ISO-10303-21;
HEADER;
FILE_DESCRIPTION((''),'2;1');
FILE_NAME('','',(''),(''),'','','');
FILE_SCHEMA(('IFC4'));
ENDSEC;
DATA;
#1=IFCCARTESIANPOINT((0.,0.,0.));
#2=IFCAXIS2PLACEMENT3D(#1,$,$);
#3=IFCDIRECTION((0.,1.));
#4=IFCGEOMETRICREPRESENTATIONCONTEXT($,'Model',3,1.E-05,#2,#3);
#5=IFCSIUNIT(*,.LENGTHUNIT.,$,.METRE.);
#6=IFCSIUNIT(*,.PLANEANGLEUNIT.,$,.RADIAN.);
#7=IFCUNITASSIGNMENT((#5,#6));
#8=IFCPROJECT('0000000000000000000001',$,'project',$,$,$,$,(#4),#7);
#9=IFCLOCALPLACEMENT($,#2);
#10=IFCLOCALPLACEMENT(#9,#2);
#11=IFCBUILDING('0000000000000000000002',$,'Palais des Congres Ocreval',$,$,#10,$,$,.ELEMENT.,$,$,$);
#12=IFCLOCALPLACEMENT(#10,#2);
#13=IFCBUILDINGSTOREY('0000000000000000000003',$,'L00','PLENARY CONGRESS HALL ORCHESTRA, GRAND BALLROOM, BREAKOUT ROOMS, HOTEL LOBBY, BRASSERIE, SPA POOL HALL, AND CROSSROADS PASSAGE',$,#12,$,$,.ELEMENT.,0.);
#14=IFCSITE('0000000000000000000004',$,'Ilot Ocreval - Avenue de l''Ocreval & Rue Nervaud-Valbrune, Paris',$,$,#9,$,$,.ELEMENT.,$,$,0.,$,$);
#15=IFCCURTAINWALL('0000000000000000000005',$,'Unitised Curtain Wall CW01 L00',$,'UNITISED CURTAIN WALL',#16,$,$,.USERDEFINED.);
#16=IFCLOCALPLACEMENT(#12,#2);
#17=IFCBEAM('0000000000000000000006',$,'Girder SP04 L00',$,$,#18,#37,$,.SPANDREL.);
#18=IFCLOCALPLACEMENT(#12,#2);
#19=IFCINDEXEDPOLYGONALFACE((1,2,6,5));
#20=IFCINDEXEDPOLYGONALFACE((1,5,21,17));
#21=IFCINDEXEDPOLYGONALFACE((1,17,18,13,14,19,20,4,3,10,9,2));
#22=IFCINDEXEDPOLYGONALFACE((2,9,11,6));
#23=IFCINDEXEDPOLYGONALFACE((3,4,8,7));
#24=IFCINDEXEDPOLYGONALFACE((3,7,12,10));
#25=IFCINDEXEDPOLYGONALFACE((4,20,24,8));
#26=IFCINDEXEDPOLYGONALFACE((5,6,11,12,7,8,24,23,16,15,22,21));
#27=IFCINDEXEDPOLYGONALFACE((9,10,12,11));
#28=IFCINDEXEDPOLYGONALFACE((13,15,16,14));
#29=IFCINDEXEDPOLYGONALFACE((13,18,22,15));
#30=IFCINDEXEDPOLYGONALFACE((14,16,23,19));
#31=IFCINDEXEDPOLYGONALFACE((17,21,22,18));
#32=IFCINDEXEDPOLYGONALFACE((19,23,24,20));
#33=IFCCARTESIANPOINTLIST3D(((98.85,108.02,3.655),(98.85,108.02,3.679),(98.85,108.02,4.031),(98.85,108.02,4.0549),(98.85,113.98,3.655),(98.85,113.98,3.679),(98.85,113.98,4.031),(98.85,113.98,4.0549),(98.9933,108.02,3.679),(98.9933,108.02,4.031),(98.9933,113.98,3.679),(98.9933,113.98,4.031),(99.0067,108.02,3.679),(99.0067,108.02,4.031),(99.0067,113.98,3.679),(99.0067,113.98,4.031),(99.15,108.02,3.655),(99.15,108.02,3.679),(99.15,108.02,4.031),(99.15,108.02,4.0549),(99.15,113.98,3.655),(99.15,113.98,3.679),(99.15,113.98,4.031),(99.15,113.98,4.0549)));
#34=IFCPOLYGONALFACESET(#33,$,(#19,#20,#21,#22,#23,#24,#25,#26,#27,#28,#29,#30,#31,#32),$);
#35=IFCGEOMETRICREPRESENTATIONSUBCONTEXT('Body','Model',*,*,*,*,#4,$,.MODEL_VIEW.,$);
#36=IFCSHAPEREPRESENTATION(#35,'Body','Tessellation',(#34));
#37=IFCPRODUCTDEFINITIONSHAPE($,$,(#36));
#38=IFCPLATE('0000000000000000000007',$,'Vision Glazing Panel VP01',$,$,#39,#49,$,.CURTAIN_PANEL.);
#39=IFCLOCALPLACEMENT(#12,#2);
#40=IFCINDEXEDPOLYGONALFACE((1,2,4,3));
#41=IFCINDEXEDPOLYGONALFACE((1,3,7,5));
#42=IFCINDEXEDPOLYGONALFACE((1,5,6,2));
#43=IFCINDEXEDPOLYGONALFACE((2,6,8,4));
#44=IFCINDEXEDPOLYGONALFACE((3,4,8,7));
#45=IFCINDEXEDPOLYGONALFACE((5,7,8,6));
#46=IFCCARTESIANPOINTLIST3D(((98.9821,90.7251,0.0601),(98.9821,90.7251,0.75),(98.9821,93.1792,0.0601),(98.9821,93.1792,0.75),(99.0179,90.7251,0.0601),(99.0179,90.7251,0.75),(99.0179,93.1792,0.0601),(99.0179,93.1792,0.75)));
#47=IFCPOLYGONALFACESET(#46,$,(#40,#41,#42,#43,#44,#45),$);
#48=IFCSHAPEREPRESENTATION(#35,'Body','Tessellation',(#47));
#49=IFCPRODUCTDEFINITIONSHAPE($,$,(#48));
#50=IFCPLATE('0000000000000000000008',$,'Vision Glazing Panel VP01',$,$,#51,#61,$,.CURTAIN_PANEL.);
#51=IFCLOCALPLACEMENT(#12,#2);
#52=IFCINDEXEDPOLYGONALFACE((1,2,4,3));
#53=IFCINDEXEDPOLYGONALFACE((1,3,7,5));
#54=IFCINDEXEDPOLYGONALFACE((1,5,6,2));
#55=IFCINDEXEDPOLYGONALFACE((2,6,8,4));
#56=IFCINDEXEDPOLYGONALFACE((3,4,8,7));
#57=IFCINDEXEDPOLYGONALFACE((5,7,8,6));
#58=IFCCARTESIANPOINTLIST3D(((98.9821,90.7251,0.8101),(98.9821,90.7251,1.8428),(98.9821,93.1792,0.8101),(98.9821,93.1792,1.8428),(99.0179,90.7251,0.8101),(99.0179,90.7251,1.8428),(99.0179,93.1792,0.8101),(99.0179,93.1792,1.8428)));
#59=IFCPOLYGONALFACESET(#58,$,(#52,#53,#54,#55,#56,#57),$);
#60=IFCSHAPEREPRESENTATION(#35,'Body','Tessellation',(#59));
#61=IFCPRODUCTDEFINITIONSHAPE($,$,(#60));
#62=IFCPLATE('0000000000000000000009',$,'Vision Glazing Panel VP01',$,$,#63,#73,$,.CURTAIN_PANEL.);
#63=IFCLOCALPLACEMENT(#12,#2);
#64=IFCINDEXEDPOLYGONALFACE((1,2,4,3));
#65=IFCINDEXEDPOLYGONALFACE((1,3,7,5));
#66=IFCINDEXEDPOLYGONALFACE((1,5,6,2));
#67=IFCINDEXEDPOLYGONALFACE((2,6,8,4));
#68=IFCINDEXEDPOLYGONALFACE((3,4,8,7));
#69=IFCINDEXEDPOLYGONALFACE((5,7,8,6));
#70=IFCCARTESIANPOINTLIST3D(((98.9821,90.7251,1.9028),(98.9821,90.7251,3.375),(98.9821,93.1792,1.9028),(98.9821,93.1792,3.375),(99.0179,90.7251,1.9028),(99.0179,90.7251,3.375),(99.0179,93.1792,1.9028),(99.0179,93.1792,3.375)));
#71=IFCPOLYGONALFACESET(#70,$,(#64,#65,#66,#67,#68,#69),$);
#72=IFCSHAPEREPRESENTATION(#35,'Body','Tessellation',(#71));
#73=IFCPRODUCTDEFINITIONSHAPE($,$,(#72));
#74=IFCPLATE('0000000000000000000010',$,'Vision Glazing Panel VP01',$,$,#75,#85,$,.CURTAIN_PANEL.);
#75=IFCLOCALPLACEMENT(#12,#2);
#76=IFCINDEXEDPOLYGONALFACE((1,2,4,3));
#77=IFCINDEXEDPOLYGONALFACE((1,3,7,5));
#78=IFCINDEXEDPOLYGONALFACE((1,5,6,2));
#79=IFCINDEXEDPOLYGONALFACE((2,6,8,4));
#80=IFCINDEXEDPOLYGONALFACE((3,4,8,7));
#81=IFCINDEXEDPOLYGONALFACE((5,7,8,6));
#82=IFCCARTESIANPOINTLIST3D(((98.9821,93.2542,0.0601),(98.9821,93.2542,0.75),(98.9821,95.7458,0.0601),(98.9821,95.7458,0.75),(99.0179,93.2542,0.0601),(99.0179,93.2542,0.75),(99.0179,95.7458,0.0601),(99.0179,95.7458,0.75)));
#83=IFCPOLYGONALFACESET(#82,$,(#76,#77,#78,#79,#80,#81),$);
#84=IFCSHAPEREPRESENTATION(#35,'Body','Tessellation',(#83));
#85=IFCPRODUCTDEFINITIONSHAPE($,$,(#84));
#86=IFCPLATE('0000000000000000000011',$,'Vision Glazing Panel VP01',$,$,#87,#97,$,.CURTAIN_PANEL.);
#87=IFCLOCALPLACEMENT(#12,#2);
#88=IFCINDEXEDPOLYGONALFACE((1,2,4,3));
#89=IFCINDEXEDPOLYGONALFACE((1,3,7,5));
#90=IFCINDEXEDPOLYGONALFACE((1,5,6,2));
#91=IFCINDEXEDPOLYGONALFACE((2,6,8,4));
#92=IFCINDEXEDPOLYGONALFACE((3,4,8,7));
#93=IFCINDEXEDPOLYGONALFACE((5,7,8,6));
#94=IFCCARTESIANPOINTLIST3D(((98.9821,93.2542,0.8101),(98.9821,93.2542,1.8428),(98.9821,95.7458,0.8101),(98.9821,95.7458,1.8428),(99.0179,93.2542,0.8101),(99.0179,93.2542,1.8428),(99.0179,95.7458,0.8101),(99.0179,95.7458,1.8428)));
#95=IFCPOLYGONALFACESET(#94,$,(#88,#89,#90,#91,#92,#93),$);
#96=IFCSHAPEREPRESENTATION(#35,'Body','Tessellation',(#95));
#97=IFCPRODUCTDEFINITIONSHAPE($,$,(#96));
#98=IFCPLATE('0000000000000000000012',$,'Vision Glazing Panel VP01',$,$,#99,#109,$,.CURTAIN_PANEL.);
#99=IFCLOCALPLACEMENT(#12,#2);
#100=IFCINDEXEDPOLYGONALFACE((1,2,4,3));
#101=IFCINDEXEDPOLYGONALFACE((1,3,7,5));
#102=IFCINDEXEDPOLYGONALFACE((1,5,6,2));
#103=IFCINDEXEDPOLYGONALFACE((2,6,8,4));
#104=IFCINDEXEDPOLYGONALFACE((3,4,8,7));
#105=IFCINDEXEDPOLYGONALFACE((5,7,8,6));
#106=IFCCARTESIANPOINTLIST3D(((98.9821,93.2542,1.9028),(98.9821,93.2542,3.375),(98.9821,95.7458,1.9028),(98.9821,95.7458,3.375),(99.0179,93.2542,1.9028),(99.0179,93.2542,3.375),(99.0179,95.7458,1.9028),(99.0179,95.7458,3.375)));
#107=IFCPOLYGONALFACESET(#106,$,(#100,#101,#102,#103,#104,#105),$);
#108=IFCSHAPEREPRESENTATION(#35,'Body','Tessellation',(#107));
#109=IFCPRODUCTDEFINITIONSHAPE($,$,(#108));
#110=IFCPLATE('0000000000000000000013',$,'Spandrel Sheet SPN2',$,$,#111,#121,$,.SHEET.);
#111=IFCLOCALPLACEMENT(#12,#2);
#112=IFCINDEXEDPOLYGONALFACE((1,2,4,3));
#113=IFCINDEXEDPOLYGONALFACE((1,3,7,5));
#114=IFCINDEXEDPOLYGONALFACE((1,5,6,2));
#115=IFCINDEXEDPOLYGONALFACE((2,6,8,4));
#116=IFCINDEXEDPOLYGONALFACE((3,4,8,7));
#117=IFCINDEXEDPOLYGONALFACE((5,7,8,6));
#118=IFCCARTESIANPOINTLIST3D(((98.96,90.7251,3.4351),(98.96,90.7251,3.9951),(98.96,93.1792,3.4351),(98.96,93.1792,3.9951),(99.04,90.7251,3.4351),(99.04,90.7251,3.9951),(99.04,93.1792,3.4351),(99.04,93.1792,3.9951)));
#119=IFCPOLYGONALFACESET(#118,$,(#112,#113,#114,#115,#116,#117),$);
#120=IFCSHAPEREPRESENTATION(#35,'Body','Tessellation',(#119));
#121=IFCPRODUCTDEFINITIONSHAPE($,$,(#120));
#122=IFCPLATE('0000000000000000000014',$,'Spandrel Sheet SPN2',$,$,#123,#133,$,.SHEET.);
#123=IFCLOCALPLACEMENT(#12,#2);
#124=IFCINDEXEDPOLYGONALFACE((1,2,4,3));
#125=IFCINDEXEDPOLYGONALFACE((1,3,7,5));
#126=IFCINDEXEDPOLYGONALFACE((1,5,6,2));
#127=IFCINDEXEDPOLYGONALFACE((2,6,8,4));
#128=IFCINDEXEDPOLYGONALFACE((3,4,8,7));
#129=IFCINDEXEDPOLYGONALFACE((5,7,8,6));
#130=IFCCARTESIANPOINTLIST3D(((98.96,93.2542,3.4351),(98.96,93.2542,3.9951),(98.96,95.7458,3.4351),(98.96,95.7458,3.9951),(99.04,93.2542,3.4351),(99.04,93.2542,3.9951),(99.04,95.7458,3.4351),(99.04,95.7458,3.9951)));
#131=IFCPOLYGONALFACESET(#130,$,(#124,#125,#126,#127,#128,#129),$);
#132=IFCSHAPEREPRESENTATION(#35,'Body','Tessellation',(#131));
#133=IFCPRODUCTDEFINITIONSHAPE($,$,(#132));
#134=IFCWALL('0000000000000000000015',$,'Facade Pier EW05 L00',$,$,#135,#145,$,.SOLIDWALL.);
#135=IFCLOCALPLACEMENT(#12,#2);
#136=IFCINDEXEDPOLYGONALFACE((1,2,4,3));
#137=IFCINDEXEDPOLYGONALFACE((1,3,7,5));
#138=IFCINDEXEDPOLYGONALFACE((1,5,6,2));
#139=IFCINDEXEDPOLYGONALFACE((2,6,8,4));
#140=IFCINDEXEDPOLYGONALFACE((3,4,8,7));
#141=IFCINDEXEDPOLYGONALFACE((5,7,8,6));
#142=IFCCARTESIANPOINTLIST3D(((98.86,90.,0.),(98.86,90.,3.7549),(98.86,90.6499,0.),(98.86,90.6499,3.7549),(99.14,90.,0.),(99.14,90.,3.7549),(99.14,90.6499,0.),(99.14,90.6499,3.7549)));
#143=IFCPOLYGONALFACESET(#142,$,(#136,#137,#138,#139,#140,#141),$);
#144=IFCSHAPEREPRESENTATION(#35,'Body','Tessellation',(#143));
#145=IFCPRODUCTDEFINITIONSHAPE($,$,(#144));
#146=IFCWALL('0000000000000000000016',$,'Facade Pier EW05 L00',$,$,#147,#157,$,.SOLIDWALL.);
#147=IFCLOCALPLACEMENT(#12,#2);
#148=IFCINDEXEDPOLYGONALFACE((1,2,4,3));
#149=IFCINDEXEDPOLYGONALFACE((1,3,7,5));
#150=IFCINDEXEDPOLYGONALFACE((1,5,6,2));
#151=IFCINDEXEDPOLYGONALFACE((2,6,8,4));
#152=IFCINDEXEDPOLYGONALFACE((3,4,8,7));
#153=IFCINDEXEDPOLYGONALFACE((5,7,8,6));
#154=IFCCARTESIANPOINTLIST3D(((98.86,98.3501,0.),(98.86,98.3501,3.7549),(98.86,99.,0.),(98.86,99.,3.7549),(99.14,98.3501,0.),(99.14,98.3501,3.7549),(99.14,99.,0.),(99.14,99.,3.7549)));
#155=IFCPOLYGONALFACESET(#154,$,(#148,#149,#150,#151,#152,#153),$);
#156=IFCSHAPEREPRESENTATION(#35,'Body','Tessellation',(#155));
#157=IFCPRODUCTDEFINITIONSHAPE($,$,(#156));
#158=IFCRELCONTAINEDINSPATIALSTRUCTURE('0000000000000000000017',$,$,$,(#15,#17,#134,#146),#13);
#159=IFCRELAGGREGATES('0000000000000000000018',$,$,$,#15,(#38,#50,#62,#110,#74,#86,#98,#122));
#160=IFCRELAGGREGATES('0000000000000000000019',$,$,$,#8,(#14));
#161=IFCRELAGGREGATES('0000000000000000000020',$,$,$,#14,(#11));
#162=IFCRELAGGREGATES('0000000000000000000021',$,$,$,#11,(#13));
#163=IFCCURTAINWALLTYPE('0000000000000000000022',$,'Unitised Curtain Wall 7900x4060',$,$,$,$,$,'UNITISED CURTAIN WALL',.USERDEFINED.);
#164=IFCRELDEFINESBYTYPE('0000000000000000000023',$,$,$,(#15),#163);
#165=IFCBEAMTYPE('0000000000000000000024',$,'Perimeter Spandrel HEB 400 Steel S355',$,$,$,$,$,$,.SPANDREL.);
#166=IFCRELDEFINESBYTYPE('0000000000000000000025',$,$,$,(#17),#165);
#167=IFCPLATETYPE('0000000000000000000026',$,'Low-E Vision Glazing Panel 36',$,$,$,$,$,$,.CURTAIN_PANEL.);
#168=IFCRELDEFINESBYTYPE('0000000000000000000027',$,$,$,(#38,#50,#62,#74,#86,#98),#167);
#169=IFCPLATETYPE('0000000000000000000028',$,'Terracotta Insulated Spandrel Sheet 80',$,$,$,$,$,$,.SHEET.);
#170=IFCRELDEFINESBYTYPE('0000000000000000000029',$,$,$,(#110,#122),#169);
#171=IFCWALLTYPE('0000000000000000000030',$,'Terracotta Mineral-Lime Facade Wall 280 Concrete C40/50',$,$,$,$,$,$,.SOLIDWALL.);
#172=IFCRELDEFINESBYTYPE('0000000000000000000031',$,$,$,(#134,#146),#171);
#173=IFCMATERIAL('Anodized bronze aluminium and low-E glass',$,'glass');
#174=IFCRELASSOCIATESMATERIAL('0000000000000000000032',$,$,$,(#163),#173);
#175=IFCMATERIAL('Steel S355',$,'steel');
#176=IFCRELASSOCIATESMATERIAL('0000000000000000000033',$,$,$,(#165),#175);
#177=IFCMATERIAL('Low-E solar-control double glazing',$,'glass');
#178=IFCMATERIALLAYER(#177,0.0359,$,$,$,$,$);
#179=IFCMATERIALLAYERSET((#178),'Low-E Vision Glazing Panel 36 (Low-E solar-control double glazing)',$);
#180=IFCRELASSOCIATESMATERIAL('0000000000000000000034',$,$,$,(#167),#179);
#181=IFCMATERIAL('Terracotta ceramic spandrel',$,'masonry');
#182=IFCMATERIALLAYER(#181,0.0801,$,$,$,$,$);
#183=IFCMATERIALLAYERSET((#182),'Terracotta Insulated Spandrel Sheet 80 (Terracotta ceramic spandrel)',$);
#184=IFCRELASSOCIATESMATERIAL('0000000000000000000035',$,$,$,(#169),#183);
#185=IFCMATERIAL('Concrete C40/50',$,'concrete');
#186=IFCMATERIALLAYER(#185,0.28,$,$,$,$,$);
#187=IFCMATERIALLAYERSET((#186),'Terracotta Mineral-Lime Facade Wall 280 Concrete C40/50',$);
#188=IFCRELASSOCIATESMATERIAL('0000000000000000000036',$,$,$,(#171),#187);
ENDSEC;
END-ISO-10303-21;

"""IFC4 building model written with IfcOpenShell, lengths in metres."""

from ifc_helpers import new_model, si_unit, direction, frame, frame_2d, origin, origin_2d, place, context, subcontext, project, spatial, rectangle, i_section, extrude, material, layer, layer_set, material_profile, profile_set, type_object, element, aggregate, save


model = new_model("IFC4")

# Units and contexts
model_context = context("Model", 3, precision=1e-05, world=origin(), true_north=direction((0.0, 1.0)))
body_context = subcontext(model_context, "Body", "Model", "MODEL_VIEW")
ifc_project = project(units=[si_unit("LENGTHUNIT", "METRE"), si_unit("PLANEANGLEUNIT", "RADIAN")], contexts=[model_context])

# Site, building, storey
site_placement = place(None, origin())
site = spatial("IfcSite", under=ifc_project, at=site_placement, Name="Ilot Ocreval - Avenue de l'Ocreval & Rue Nervaud-Valbrune, Paris", CompositionType="ELEMENT", RefElevation=0.0)
building_placement = place(site_placement, origin())
building = spatial("IfcBuilding", under=site, at=building_placement, Name="Palais des Congres Ocreval", CompositionType="ELEMENT")
storey_placement = place(building_placement, origin())
storey = spatial("IfcBuildingStorey", under=building, at=storey_placement, Name="L00", Description="PLENARY CONGRESS HALL ORCHESTRA, GRAND BALLROOM, BREAKOUT ROOMS, HOTEL LOBBY, BRASSERIE, SPA POOL HALL, AND CROSSROADS PASSAGE", CompositionType="ELEMENT", Elevation=0.0)

# Shared definitions
ifc_material_1 = material(Name="Steel S355", Category="steel")

# Curtain wall
ifc_material_2 = material(Name="Anodized bronze aluminium and low-E glass", Category="glass")
curtain_wall_type = type_object("IfcCurtainWallType", Name="Unitised Curtain Wall 7900x4060", ElementType="UNITISED CURTAIN WALL", PredefinedType="USERDEFINED", material=ifc_material_2)
curtain_wall_placement = place(storey_placement, origin())
curtain_wall = element("IfcCurtainWall", 1, at=curtain_wall_placement, inside=storey, type_object=curtain_wall_type, Name="Unitised Curtain Wall CW01 L00", ObjectType="UNITISED CURTAIN WALL", PredefinedType="USERDEFINED")

# Beam
ifc_material_profile_1 = material_profile(ifc_material_1, i_section(OverallWidth=0.3, OverallDepth=0.3999, WebThickness=0.0134, FlangeThickness=0.0239, at=origin_2d()), Name="HEB 400")
ifc_profile_set_1 = profile_set([ifc_material_profile_1], Name="Steel S355")
beam_type_1 = type_object("IfcBeamType", Name="Perimeter Spandrel HEB 400 Steel S355", PredefinedType="SPANDREL", material=ifc_profile_set_1)
beam_1_placement = place(storey_placement, frame((99.0, 108.02, 3.855), z_axis=(0.0, 1.0, 0.0), x_axis=(-1.0, 0.0, 0.0)))
element("IfcBeam", 2, at=beam_1_placement, inside=storey, type_object=beam_type_1, Name="Girder SP04 L00", PredefinedType="SPANDREL", context=body_context, shape_type="SweptSolid", body=[
    extrude(i_section(OverallWidth=0.3, OverallDepth=0.3999, WebThickness=0.0134, FlangeThickness=0.0239, at=origin_2d()), origin(), (0.0, 0.0, 1.0), 5.96),
])

# Plates
ifc_material_3 = material(Name="Low-E solar-control double glazing", Category="glass")
ifc_layer_1 = layer(ifc_material_3, 0.0359)
ifc_layer_set_1 = layer_set([ifc_layer_1], Name="Low-E Vision Glazing Panel 36 (Low-E solar-control double glazing)")
plate_type_1 = type_object("IfcPlateType", Name="Low-E Vision Glazing Panel 36", PredefinedType="CURTAIN_PANEL", material=ifc_layer_set_1)
plate_1_placement = place(storey_placement, frame((99.0, 91.9521, 0.0601), z_axis=(0.0, 0.0, 1.0), x_axis=(0.0, 1.0, 0.0)))
plate_1 = element("IfcPlate", 3, at=plate_1_placement, type_object=plate_type_1, Name="Vision Glazing Panel VP01", PredefinedType="CURTAIN_PANEL", context=body_context, shape_type="SweptSolid", body=[
    extrude(rectangle(XDim=2.4541, YDim=0.0359, at=origin_2d()), origin(), (0.0, 0.0, 1.0), 0.6899),
])
plate_2_placement = place(storey_placement, frame((99.0, 91.9521, 0.8101), z_axis=(0.0, 0.0, 1.0), x_axis=(0.0, 1.0, 0.0)))
plate_2 = element("IfcPlate", 4, at=plate_2_placement, type_object=plate_type_1, Name="Vision Glazing Panel VP01", PredefinedType="CURTAIN_PANEL", context=body_context, shape_type="SweptSolid", body=[
    extrude(rectangle(XDim=2.4541, YDim=0.0359, at=origin_2d()), origin(), (0.0, 0.0, 1.0), 1.0327),
])
plate_3_placement = place(storey_placement, frame((99.0, 91.9521, 1.9028), z_axis=(0.0, 0.0, 1.0), x_axis=(0.0, 1.0, 0.0)))
plate_3 = element("IfcPlate", 5, at=plate_3_placement, type_object=plate_type_1, Name="Vision Glazing Panel VP01", PredefinedType="CURTAIN_PANEL", context=body_context, shape_type="SweptSolid", body=[
    extrude(rectangle(XDim=2.4541, YDim=0.0359, at=origin_2d()), origin(), (0.0, 0.0, 1.0), 1.4722),
])
plate_4_placement = place(storey_placement, frame((99.0, 94.5, 0.0601), z_axis=(0.0, 0.0, 1.0), x_axis=(0.0, 1.0, 0.0)))
plate_4 = element("IfcPlate", 6, at=plate_4_placement, type_object=plate_type_1, Name="Vision Glazing Panel VP01", PredefinedType="CURTAIN_PANEL", context=body_context, shape_type="SweptSolid", body=[
    extrude(rectangle(XDim=2.4917, YDim=0.0359, at=origin_2d()), origin(), (0.0, 0.0, 1.0), 0.6899),
])
plate_5_placement = place(storey_placement, frame((99.0, 94.5, 0.8101), z_axis=(0.0, 0.0, 1.0), x_axis=(0.0, 1.0, 0.0)))
plate_5 = element("IfcPlate", 7, at=plate_5_placement, type_object=plate_type_1, Name="Vision Glazing Panel VP01", PredefinedType="CURTAIN_PANEL", context=body_context, shape_type="SweptSolid", body=[
    extrude(rectangle(XDim=2.4917, YDim=0.0359, at=origin_2d()), origin(), (0.0, 0.0, 1.0), 1.0327),
])
plate_6_placement = place(storey_placement, frame((99.0, 94.5, 1.9028), z_axis=(0.0, 0.0, 1.0), x_axis=(0.0, 1.0, 0.0)))
plate_6 = element("IfcPlate", 8, at=plate_6_placement, type_object=plate_type_1, Name="Vision Glazing Panel VP01", PredefinedType="CURTAIN_PANEL", context=body_context, shape_type="SweptSolid", body=[
    extrude(rectangle(XDim=2.4917, YDim=0.0359, at=origin_2d()), origin(), (0.0, 0.0, 1.0), 1.4722),
])
ifc_material_4 = material(Name="Terracotta ceramic spandrel", Category="masonry")
ifc_layer_2 = layer(ifc_material_4, 0.0801)
ifc_layer_set_2 = layer_set([ifc_layer_2], Name="Terracotta Insulated Spandrel Sheet 80 (Terracotta ceramic spandrel)")
plate_type_2 = type_object("IfcPlateType", Name="Terracotta Insulated Spandrel Sheet 80", PredefinedType="SHEET", material=ifc_layer_set_2)
plate_7_placement = place(storey_placement, frame((99.0, 91.9521, 3.4351), z_axis=(0.0, 0.0, 1.0), x_axis=(0.0, 1.0, 0.0)))
plate_7 = element("IfcPlate", 9, at=plate_7_placement, type_object=plate_type_2, Name="Spandrel Sheet SPN2", PredefinedType="SHEET", context=body_context, shape_type="SweptSolid", body=[
    extrude(rectangle(XDim=2.4541, YDim=0.0801, at=origin_2d()), origin(), (0.0, 0.0, 1.0), 0.5601),
])
plate_8_placement = place(storey_placement, frame((99.0, 94.5, 3.4351), z_axis=(0.0, 0.0, 1.0), x_axis=(0.0, 1.0, 0.0)))
plate_8 = element("IfcPlate", 10, at=plate_8_placement, type_object=plate_type_2, Name="Spandrel Sheet SPN2", PredefinedType="SHEET", context=body_context, shape_type="SweptSolid", body=[
    extrude(rectangle(XDim=2.4917, YDim=0.0801, at=origin_2d()), origin(), (0.0, 0.0, 1.0), 0.5601),
])
aggregate(curtain_wall, [plate_1, plate_2, plate_3, plate_7, plate_4, plate_5, plate_6, plate_8])

# Walls
ifc_material_5 = material(Name="Concrete C40/50", Category="concrete")
ifc_layer_3 = layer(ifc_material_5, 0.28)
ifc_layer_set_3 = layer_set([ifc_layer_3], Name="Terracotta Mineral-Lime Facade Wall 280 Concrete C40/50")
wall_type = type_object("IfcWallType", Name="Terracotta Mineral-Lime Facade Wall 280 Concrete C40/50", PredefinedType="SOLIDWALL", material=ifc_layer_set_3)
for number, where, z_axis, x_axis, name in (
    (11, (99.0, 90.0, 0.0), (0.0, 0.0, 1.0), (0.0, 1.0, 0.0), "Facade Pier EW05 L00"),
    (12, (99.0, 98.3501, 0.0), (0.0, 0.0, 1.0), (0.0, 1.0, 0.0), "Facade Pier EW05 L00"),
):
    element("IfcWall", number, at=place(storey_placement, frame(where, z_axis=z_axis, x_axis=x_axis)), inside=storey, type_object=wall_type, Name=name, PredefinedType="SOLIDWALL", context=body_context, shape_type="SweptSolid", body=[
        extrude(rectangle(XDim=0.6499, YDim=0.28, at=frame_2d((0.325, 0.0))), origin(), (0.0, 0.0, 1.0), 3.7549),
    ])

save(model, "model.ifc")
